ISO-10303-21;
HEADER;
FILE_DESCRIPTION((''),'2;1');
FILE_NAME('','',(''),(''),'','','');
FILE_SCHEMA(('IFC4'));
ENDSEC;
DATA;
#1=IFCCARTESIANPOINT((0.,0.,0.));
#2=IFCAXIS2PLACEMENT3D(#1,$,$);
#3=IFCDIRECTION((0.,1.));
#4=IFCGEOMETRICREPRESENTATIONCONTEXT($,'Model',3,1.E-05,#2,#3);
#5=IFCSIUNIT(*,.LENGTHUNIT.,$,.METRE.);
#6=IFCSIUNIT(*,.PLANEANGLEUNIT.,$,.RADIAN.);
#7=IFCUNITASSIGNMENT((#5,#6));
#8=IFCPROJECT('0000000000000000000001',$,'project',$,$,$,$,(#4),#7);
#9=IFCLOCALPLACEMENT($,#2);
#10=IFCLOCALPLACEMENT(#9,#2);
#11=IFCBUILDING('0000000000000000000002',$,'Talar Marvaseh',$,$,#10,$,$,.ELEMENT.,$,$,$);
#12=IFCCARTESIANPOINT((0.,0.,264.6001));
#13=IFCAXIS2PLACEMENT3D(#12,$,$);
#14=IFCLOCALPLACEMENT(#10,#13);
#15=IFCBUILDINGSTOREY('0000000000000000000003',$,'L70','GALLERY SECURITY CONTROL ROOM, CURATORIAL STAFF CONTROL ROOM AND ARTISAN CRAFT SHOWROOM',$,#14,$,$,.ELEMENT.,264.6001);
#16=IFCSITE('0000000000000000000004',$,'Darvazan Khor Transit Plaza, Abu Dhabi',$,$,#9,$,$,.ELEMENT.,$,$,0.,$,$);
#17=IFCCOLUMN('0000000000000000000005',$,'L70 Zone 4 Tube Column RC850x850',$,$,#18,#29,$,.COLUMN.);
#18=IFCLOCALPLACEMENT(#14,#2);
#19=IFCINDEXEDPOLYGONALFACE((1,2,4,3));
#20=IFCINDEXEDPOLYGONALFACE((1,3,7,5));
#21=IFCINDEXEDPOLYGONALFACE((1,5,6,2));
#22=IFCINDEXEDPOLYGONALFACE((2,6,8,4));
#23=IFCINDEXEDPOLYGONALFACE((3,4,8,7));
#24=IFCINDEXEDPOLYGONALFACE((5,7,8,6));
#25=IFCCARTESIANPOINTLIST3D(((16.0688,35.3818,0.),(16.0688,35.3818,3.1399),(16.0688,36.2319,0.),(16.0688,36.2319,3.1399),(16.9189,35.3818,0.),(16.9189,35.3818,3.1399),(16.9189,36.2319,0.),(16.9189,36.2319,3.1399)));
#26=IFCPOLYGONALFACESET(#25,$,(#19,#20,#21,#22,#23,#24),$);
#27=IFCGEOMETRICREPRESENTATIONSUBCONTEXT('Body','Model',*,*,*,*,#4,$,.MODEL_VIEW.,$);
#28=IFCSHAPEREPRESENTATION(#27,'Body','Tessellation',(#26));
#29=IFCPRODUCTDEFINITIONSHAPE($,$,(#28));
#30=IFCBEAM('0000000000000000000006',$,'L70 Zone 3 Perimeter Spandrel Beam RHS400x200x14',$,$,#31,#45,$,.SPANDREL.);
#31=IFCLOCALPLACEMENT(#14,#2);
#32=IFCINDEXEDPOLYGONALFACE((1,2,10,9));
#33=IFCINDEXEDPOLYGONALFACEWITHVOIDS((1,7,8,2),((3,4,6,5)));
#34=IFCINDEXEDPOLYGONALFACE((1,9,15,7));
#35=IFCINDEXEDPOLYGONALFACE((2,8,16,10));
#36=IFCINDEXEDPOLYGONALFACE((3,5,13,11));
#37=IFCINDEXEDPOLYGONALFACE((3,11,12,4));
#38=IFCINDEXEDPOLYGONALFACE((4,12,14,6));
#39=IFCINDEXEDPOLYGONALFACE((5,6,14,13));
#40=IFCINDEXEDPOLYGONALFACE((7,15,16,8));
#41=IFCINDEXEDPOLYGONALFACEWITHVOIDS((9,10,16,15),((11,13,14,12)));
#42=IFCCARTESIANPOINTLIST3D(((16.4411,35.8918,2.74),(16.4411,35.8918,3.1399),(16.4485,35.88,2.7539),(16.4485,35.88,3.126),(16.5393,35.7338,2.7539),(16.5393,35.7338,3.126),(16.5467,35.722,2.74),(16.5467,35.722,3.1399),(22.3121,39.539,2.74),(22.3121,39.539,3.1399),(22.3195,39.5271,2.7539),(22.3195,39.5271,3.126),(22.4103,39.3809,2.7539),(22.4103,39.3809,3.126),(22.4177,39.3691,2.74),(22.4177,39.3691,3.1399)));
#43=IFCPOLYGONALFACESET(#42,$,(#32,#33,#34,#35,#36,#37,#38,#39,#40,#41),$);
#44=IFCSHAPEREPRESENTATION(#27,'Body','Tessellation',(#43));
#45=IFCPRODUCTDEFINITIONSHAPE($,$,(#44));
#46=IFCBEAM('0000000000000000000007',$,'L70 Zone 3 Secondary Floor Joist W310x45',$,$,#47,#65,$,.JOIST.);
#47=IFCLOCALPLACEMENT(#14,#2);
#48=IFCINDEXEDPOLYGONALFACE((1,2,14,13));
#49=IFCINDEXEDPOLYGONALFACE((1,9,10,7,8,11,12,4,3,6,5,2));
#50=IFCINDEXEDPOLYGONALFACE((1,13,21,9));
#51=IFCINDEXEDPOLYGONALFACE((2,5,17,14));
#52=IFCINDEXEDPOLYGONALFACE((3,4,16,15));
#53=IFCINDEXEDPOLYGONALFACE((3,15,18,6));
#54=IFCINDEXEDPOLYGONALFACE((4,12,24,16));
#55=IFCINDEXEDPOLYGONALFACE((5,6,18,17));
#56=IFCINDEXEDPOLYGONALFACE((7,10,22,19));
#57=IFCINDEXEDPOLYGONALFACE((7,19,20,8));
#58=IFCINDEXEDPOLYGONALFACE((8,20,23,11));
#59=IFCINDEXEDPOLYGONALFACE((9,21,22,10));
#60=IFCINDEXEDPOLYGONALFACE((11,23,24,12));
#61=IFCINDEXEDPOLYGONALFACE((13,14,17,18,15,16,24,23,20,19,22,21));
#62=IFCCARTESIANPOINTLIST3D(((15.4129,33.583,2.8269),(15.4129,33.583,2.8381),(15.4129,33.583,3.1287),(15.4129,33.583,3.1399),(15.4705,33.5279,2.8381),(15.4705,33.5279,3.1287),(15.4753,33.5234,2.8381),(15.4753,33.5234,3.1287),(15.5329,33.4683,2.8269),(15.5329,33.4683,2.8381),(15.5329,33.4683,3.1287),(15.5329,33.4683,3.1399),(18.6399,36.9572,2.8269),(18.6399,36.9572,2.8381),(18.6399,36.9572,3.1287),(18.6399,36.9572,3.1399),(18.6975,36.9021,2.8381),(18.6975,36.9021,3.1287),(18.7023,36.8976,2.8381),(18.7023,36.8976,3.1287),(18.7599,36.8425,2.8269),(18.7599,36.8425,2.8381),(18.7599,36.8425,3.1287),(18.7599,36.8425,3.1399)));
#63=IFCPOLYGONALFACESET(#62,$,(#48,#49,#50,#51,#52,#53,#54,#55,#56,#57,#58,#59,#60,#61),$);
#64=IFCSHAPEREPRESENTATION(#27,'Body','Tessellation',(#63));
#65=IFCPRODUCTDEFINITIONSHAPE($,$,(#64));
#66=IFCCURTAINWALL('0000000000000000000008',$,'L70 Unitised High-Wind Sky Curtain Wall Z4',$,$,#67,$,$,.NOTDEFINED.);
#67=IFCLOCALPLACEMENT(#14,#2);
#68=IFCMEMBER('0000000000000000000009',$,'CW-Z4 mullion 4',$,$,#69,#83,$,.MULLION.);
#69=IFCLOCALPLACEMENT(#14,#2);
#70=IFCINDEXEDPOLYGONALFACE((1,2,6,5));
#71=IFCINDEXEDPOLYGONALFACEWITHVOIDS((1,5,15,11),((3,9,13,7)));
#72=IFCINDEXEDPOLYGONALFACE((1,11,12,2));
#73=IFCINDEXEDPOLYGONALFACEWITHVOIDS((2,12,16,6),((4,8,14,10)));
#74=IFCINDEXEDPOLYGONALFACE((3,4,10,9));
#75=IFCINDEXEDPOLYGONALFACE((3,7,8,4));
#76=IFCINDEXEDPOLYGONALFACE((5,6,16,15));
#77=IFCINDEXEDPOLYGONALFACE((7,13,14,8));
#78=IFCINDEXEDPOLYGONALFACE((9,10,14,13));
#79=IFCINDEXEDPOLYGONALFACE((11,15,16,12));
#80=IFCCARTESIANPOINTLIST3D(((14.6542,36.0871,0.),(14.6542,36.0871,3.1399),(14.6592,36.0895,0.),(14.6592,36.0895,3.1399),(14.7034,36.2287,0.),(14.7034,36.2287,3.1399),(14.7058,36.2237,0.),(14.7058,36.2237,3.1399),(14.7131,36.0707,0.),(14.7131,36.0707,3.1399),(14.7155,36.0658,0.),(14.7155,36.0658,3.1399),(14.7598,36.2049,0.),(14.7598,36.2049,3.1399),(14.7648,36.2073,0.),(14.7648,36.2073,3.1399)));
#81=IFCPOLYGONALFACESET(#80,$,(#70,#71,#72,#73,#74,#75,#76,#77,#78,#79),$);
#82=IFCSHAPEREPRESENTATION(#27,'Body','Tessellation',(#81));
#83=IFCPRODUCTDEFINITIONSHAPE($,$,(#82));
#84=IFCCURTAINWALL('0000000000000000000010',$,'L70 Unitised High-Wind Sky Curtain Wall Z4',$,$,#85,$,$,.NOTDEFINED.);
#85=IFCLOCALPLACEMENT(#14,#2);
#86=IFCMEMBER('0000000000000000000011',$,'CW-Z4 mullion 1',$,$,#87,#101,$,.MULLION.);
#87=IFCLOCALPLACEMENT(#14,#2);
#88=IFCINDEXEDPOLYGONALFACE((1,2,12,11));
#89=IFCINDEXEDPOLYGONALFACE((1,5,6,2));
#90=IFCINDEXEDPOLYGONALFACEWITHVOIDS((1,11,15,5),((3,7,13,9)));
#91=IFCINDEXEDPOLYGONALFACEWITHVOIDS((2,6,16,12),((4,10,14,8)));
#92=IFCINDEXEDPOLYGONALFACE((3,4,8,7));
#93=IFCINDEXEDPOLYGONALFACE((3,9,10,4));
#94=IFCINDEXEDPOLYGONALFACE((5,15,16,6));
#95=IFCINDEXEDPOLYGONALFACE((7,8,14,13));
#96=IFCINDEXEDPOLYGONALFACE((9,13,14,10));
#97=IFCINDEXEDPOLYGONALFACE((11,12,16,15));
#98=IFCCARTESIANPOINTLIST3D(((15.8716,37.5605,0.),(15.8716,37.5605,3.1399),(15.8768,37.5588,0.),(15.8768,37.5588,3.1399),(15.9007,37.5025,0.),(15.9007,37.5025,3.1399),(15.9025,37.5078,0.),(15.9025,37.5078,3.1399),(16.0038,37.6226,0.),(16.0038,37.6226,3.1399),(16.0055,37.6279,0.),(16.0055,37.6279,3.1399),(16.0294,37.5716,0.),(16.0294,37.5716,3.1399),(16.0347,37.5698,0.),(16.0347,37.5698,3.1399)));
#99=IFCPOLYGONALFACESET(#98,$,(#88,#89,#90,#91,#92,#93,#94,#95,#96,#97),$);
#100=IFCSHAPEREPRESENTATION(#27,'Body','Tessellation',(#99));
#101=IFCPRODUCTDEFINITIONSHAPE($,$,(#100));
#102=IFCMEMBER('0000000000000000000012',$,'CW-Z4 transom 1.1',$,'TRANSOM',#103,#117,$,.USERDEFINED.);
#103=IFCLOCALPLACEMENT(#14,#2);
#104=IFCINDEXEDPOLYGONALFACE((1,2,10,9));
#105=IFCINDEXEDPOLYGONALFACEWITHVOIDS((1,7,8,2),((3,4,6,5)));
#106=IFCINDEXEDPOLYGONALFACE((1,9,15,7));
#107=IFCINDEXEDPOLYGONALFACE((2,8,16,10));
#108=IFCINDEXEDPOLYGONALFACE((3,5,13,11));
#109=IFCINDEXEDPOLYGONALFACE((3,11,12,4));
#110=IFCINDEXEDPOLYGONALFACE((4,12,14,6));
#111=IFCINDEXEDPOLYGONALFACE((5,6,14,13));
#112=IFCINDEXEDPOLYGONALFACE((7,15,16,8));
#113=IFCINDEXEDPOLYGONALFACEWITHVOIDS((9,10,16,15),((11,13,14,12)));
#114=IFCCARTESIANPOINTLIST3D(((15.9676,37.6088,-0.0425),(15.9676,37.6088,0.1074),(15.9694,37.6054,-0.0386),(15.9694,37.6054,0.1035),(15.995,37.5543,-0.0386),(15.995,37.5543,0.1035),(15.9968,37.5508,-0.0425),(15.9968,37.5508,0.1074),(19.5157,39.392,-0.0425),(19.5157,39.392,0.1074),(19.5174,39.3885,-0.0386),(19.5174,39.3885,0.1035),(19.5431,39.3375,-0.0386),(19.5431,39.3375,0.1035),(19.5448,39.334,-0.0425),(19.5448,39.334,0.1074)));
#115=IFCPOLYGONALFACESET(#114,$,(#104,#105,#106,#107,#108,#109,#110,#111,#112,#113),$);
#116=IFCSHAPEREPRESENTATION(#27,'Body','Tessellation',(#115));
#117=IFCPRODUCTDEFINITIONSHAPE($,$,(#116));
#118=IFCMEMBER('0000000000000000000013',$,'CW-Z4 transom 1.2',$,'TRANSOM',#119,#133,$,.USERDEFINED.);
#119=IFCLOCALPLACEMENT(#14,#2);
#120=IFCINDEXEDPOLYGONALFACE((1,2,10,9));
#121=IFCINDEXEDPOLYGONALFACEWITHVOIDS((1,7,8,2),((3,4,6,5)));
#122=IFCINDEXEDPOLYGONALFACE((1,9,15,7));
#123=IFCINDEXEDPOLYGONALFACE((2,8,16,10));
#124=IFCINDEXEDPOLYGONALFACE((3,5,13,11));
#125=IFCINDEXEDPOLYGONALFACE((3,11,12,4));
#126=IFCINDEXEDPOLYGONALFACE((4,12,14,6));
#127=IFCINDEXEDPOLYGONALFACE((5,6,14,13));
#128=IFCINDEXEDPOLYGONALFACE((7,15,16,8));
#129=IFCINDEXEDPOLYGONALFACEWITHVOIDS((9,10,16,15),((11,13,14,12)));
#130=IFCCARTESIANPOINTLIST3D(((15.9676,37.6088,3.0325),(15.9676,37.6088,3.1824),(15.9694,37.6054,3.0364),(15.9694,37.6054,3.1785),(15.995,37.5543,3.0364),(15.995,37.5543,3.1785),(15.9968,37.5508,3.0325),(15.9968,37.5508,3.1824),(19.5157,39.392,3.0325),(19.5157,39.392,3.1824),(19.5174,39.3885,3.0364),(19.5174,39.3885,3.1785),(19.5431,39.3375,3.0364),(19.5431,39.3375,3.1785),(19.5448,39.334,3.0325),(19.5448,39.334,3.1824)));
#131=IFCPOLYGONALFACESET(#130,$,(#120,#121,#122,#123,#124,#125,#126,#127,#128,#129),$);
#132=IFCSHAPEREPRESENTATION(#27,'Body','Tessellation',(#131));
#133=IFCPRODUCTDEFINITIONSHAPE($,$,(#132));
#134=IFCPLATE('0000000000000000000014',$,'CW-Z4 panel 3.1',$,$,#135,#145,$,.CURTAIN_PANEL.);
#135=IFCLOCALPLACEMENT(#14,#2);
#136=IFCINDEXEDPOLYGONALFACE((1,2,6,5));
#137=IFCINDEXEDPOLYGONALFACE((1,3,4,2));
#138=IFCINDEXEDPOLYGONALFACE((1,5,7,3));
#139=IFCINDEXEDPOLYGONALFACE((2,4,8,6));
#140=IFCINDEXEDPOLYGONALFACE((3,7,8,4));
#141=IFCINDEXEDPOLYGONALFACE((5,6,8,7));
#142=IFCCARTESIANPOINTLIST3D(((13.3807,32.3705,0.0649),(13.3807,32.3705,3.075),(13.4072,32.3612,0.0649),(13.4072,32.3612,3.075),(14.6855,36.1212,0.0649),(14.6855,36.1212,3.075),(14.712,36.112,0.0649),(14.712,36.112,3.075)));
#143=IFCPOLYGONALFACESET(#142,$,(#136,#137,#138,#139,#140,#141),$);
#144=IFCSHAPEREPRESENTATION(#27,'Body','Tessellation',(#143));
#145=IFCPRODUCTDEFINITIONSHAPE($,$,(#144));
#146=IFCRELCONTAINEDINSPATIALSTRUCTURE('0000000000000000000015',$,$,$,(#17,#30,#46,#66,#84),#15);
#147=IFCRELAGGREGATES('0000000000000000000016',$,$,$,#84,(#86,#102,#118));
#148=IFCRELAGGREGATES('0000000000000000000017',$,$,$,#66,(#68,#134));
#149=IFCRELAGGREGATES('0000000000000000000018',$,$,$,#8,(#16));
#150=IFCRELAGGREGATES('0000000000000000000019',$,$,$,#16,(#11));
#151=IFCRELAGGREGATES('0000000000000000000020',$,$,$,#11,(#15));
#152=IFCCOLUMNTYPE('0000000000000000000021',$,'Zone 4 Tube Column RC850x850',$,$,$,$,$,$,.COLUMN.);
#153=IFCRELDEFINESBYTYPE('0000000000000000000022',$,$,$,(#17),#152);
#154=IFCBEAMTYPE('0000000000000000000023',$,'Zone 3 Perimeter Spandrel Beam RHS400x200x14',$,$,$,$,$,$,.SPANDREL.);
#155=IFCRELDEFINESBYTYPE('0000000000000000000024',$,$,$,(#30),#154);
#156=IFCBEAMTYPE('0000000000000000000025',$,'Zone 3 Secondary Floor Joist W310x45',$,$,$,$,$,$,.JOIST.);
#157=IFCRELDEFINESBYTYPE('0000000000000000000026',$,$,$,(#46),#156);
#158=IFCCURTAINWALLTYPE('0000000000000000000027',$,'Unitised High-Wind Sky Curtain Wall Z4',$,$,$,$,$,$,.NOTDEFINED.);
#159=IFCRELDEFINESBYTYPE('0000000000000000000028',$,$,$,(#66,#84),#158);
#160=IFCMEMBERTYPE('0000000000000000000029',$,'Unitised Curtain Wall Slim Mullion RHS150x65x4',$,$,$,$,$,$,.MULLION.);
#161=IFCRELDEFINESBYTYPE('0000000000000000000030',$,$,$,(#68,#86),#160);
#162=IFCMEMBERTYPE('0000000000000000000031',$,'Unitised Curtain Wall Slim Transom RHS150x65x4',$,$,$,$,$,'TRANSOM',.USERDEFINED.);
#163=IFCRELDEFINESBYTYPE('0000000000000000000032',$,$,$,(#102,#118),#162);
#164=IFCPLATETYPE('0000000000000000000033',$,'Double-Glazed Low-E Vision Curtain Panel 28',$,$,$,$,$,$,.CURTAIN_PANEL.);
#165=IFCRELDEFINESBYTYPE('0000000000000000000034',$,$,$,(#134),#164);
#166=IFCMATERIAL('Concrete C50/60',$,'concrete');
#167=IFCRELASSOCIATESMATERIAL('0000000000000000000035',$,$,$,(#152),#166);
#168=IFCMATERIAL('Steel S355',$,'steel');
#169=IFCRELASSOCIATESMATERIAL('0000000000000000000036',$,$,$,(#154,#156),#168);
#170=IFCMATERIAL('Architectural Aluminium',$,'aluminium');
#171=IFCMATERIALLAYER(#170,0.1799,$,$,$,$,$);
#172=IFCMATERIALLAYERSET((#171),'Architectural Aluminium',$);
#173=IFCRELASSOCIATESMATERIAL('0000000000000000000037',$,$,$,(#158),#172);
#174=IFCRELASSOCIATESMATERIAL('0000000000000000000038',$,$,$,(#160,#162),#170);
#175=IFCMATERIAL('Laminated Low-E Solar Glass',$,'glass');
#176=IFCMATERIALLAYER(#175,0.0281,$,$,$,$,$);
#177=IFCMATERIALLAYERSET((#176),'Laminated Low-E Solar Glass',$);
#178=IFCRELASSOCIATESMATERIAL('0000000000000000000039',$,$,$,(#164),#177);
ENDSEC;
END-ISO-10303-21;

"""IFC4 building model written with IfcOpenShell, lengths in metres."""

from ifc_helpers import new_model, si_unit, direction, frame, origin, origin_2d, place, context, subcontext, project, spatial, rectangle, hollow_rectangle, i_section, extrude, source, transform, mapped, material, layer, layer_set, material_profile, profile_set, type_object, type_shapes, element, aggregate, save


model = new_model("IFC4")

# Units and contexts
model_context = context("Model", 3, precision=1e-05, world=origin(), true_north=direction((0.0, 1.0)))
body_context = subcontext(model_context, "Body", "Model", "MODEL_VIEW")
ifc_project = project(units=[si_unit("LENGTHUNIT", "METRE"), si_unit("PLANEANGLEUNIT", "RADIAN")], contexts=[model_context])

# Site, building, storey
site_placement = place(None, origin())
site = spatial("IfcSite", under=ifc_project, at=site_placement, Name="Darvazan Khor Transit Plaza, Abu Dhabi", CompositionType="ELEMENT", RefElevation=0.0)
building_placement = place(site_placement, origin())
building = spatial("IfcBuilding", under=site, at=building_placement, Name="Talar Marvaseh", CompositionType="ELEMENT")
storey_placement = place(building_placement, frame((0.0, 0.0, 264.6001)))
storey = spatial("IfcBuildingStorey", under=building, at=storey_placement, Name="L70", Description="GALLERY SECURITY CONTROL ROOM, CURATORIAL STAFF CONTROL ROOM AND ARTISAN CRAFT SHOWROOM", CompositionType="ELEMENT", Elevation=264.6001)

# Column
ifc_material_1 = material(Name="Concrete C50/60", Category="concrete")
ifc_material_profile_1 = material_profile(ifc_material_1, rectangle(XDim=0.8501, YDim=0.8501, at=origin_2d()), Name="RC850x850")
ifc_profile_set_1 = profile_set([ifc_material_profile_1], Name="Concrete C50/60")
column_type = type_object("IfcColumnType", Name="Zone 4 Tube Column RC850x850", PredefinedType="COLUMN", material=ifc_profile_set_1)
column_placement = place(storey_placement, frame((16.4939, 35.8069, 0.0), z_axis=(0.0, 0.0, 1.0), x_axis=(1.0, 0.0, 0.0)))
element("IfcColumn", 1, at=column_placement, inside=storey, type_object=column_type, Name="L70 Zone 4 Tube Column RC850x850", PredefinedType="COLUMN", context=body_context, shape_type="SweptSolid", body=[
    extrude(rectangle(XDim=0.8501, YDim=0.8501, at=origin_2d()), origin(), (0.0, 0.0, 1.0), 3.1399),
])

# Beams
ifc_material_2 = material(Name="Steel S355", Category="steel")
ifc_material_profile_2 = material_profile(ifc_material_2, hollow_rectangle(XDim=0.2, YDim=0.3999, WallThickness=0.0139, at=origin_2d()), Name="RHS400x200x14")
ifc_profile_set_2 = profile_set([ifc_material_profile_2], Name="Steel S355")
beam_type_1 = type_object("IfcBeamType", Name="Zone 3 Perimeter Spandrel Beam RHS400x200x14", PredefinedType="SPANDREL", material=ifc_profile_set_2)
beam_1_placement = place(storey_placement, frame((16.4939, 35.8069, 2.9399), z_axis=(0.84944, 0.527686, 0.0), x_axis=(-0.527686, 0.84944, 0.0)))
element("IfcBeam", 2, at=beam_1_placement, inside=storey, type_object=beam_type_1, Name="L70 Zone 3 Perimeter Spandrel Beam RHS400x200x14", PredefinedType="SPANDREL", context=body_context, shape_type="SweptSolid", body=[
    extrude(hollow_rectangle(XDim=0.2, YDim=0.3999, WallThickness=0.0139, at=origin_2d()), origin(), (0.0, 0.0, 1.0), 6.9116),
])
ifc_material_profile_3 = material_profile(ifc_material_2, i_section(OverallWidth=0.166, OverallDepth=0.313, WebThickness=0.0066, FlangeThickness=0.0112, at=origin_2d()), Name="W310x45")
ifc_profile_set_3 = profile_set([ifc_material_profile_3], Name="Steel S355")
beam_type_2 = type_object("IfcBeamType", Name="Zone 3 Secondary Floor Joist W310x45", PredefinedType="JOIST", material=ifc_profile_set_3)
beam_2_placement = place(storey_placement, frame((15.4729, 33.5256, 2.9834), z_axis=(0.691166, 0.722696, 0.0), x_axis=(-0.722696, 0.691166, 0.0)))
element("IfcBeam", 3, at=beam_2_placement, inside=storey, type_object=beam_type_2, Name="L70 Zone 3 Secondary Floor Joist W310x45", PredefinedType="JOIST", context=body_context, shape_type="SweptSolid", body=[
    extrude(i_section(OverallWidth=0.166, OverallDepth=0.313, WebThickness=0.0066, FlangeThickness=0.0112, at=origin_2d()), origin(), (0.0, 0.0, 1.0), 4.6689),
])

# Curtain wall, member
ifc_material_3 = material(Name="Architectural Aluminium", Category="aluminium")
ifc_layer_1 = layer(ifc_material_3, 0.1799)
ifc_layer_set_1 = layer_set([ifc_layer_1], Name="Architectural Aluminium")
curtain_wall_type = type_object("IfcCurtainWallType", Name="Unitised High-Wind Sky Curtain Wall Z4", PredefinedType="NOTDEFINED", material=ifc_layer_set_1)
curtain_wall_1_placement = place(storey_placement, origin())
curtain_wall_1 = element("IfcCurtainWall", 4, at=curtain_wall_1_placement, inside=storey, type_object=curtain_wall_type, Name="L70 Unitised High-Wind Sky Curtain Wall Z4", PredefinedType="NOTDEFINED")
ifc_material_profile_4 = material_profile(ifc_material_3, hollow_rectangle(XDim=0.0649, YDim=0.1499, WallThickness=0.0039, at=origin_2d()), Name="RHS150x65x4")
ifc_profile_set_4 = profile_set([ifc_material_profile_4], Name="Architectural Aluminium")
member_type_1 = type_object("IfcMemberType", Name="Unitised Curtain Wall Slim Mullion RHS150x65x4", PredefinedType="MULLION", material=ifc_profile_set_4)
shared_shape_1 = source(origin(), body_context, "Body", "SweptSolid", [
    extrude(hollow_rectangle(XDim=0.0649, YDim=0.1499, WallThickness=0.0039, at=origin_2d()), origin(), (0.0, 0.0, 1.0), 3.1399),
])
type_shapes(member_type_1, [shared_shape_1])
member_1_placement = place(storey_placement, frame((14.7095, 36.1472, 0.0), z_axis=(0.0, 0.0, 1.0), x_axis=(-0.94448, 0.328569, 0.0)))
member_1 = element("IfcMember", 5, at=member_1_placement, type_object=member_type_1, Name="CW-Z4 mullion 4", PredefinedType="MULLION", context=body_context, shape_type="MappedRepresentation", body=[
    mapped(shared_shape_1, transform((0.0, 0.0, 0.0), x_axis=(1.0, 0.0, 0.0), y_axis=(0.0, 1.0, 0.0), z_axis=(0.0, 0.0, 1.0), scale=1.0)),
])

# Curtain wall, members
curtain_wall_2_placement = place(storey_placement, origin())
curtain_wall_2 = element("IfcCurtainWall", 6, at=curtain_wall_2_placement, inside=storey, type_object=curtain_wall_type, Name="L70 Unitised High-Wind Sky Curtain Wall Z4", PredefinedType="NOTDEFINED")
member_2_placement = place(storey_placement, frame((15.9531, 37.5652, 0.0), z_axis=(0.0, 0.0, 1.0), x_axis=(-0.449035, 0.893514, 0.0)))
member_2 = element("IfcMember", 7, at=member_2_placement, type_object=member_type_1, Name="CW-Z4 mullion 1", PredefinedType="MULLION", context=body_context, shape_type="MappedRepresentation", body=[
    mapped(shared_shape_1, transform((0.0, 0.0, 0.0), x_axis=(1.0, 0.0, 0.0), y_axis=(0.0, 1.0, 0.0), z_axis=(0.0, 0.0, 1.0), scale=1.0)),
])
ifc_material_profile_5 = material_profile(ifc_material_3, hollow_rectangle(XDim=0.0649, YDim=0.1499, WallThickness=0.0039, at=origin_2d()), Name="RHS150x65x4")
ifc_profile_set_5 = profile_set([ifc_material_profile_5], Name="Architectural Aluminium")
member_type_2 = type_object("IfcMemberType", Name="Unitised Curtain Wall Slim Transom RHS150x65x4", ElementType="TRANSOM", PredefinedType="USERDEFINED", material=ifc_profile_set_5)
shared_shape_2 = source(origin(), body_context, "Body", "SweptSolid", [
    extrude(hollow_rectangle(XDim=0.0649, YDim=0.1499, WallThickness=0.0039, at=origin_2d()), origin(), (0.0, 0.0, 1.0), 3.9709),
])
type_shapes(member_type_2, [shared_shape_2])
member_3_placement = place(storey_placement, frame((15.9822, 37.5798, 0.0325), z_axis=(0.893503, 0.449057, 0.0), x_axis=(-0.449057, 0.893503, 0.0)))
member_3 = element("IfcMember", 8, at=member_3_placement, type_object=member_type_2, Name="CW-Z4 transom 1.1", ObjectType="TRANSOM", PredefinedType="USERDEFINED", context=body_context, shape_type="MappedRepresentation", body=[
    mapped(shared_shape_2, transform((0.0, 0.0, 0.0), x_axis=(1.0, 0.0, 0.0), y_axis=(0.0, 1.0, 0.0), z_axis=(0.0, 0.0, 1.0), scale=1.0)),
])
member_4_placement = place(storey_placement, frame((15.9822, 37.5798, 3.1074), z_axis=(0.893503, 0.449057, 0.0), x_axis=(-0.449057, 0.893503, 0.0)))
member_4 = element("IfcMember", 9, at=member_4_placement, type_object=member_type_2, Name="CW-Z4 transom 1.2", ObjectType="TRANSOM", PredefinedType="USERDEFINED", context=body_context, shape_type="MappedRepresentation", body=[
    mapped(shared_shape_2, transform((0.0, 0.0, 0.0), x_axis=(1.0, 0.0, 0.0), y_axis=(0.0, 1.0, 0.0), z_axis=(0.0, 0.0, 1.0), scale=1.0)),
])
aggregate(curtain_wall_2, [member_2, member_3, member_4])

# Plate
ifc_material_4 = material(Name="Laminated Low-E Solar Glass", Category="glass")
ifc_layer_2 = layer(ifc_material_4, 0.0281)
ifc_layer_set_2 = layer_set([ifc_layer_2], Name="Laminated Low-E Solar Glass")
plate_type = type_object("IfcPlateType", Name="Double-Glazed Low-E Vision Curtain Panel 28", PredefinedType="CURTAIN_PANEL", material=ifc_layer_set_2)
shared_shape_3 = source(origin(), body_context, "Body", "SweptSolid", [
    extrude(rectangle(XDim=3.9712, YDim=0.0281, at=origin_2d()), origin(), (0.0, 0.0, 1.0), 3.01),
])
type_shapes(plate_type, [shared_shape_3])
plate_placement = place(storey_placement, frame((14.0464, 34.2412, 0.0649), z_axis=(0.0, 0.0, 1.0), x_axis=(0.328569, 0.94448, 0.0)))
plate = element("IfcPlate", 10, at=plate_placement, type_object=plate_type, Name="CW-Z4 panel 3.1", PredefinedType="CURTAIN_PANEL", context=body_context, shape_type="MappedRepresentation", body=[
    mapped(shared_shape_3, transform((0.0, 0.0, 0.0), x_axis=(1.0, 0.0, 0.0), y_axis=(0.0, 1.0, 0.0), z_axis=(0.0, 0.0, 1.0), scale=1.0)),
])
aggregate(curtain_wall_1, [member_1, plate])

save(model, "model.ifc")
